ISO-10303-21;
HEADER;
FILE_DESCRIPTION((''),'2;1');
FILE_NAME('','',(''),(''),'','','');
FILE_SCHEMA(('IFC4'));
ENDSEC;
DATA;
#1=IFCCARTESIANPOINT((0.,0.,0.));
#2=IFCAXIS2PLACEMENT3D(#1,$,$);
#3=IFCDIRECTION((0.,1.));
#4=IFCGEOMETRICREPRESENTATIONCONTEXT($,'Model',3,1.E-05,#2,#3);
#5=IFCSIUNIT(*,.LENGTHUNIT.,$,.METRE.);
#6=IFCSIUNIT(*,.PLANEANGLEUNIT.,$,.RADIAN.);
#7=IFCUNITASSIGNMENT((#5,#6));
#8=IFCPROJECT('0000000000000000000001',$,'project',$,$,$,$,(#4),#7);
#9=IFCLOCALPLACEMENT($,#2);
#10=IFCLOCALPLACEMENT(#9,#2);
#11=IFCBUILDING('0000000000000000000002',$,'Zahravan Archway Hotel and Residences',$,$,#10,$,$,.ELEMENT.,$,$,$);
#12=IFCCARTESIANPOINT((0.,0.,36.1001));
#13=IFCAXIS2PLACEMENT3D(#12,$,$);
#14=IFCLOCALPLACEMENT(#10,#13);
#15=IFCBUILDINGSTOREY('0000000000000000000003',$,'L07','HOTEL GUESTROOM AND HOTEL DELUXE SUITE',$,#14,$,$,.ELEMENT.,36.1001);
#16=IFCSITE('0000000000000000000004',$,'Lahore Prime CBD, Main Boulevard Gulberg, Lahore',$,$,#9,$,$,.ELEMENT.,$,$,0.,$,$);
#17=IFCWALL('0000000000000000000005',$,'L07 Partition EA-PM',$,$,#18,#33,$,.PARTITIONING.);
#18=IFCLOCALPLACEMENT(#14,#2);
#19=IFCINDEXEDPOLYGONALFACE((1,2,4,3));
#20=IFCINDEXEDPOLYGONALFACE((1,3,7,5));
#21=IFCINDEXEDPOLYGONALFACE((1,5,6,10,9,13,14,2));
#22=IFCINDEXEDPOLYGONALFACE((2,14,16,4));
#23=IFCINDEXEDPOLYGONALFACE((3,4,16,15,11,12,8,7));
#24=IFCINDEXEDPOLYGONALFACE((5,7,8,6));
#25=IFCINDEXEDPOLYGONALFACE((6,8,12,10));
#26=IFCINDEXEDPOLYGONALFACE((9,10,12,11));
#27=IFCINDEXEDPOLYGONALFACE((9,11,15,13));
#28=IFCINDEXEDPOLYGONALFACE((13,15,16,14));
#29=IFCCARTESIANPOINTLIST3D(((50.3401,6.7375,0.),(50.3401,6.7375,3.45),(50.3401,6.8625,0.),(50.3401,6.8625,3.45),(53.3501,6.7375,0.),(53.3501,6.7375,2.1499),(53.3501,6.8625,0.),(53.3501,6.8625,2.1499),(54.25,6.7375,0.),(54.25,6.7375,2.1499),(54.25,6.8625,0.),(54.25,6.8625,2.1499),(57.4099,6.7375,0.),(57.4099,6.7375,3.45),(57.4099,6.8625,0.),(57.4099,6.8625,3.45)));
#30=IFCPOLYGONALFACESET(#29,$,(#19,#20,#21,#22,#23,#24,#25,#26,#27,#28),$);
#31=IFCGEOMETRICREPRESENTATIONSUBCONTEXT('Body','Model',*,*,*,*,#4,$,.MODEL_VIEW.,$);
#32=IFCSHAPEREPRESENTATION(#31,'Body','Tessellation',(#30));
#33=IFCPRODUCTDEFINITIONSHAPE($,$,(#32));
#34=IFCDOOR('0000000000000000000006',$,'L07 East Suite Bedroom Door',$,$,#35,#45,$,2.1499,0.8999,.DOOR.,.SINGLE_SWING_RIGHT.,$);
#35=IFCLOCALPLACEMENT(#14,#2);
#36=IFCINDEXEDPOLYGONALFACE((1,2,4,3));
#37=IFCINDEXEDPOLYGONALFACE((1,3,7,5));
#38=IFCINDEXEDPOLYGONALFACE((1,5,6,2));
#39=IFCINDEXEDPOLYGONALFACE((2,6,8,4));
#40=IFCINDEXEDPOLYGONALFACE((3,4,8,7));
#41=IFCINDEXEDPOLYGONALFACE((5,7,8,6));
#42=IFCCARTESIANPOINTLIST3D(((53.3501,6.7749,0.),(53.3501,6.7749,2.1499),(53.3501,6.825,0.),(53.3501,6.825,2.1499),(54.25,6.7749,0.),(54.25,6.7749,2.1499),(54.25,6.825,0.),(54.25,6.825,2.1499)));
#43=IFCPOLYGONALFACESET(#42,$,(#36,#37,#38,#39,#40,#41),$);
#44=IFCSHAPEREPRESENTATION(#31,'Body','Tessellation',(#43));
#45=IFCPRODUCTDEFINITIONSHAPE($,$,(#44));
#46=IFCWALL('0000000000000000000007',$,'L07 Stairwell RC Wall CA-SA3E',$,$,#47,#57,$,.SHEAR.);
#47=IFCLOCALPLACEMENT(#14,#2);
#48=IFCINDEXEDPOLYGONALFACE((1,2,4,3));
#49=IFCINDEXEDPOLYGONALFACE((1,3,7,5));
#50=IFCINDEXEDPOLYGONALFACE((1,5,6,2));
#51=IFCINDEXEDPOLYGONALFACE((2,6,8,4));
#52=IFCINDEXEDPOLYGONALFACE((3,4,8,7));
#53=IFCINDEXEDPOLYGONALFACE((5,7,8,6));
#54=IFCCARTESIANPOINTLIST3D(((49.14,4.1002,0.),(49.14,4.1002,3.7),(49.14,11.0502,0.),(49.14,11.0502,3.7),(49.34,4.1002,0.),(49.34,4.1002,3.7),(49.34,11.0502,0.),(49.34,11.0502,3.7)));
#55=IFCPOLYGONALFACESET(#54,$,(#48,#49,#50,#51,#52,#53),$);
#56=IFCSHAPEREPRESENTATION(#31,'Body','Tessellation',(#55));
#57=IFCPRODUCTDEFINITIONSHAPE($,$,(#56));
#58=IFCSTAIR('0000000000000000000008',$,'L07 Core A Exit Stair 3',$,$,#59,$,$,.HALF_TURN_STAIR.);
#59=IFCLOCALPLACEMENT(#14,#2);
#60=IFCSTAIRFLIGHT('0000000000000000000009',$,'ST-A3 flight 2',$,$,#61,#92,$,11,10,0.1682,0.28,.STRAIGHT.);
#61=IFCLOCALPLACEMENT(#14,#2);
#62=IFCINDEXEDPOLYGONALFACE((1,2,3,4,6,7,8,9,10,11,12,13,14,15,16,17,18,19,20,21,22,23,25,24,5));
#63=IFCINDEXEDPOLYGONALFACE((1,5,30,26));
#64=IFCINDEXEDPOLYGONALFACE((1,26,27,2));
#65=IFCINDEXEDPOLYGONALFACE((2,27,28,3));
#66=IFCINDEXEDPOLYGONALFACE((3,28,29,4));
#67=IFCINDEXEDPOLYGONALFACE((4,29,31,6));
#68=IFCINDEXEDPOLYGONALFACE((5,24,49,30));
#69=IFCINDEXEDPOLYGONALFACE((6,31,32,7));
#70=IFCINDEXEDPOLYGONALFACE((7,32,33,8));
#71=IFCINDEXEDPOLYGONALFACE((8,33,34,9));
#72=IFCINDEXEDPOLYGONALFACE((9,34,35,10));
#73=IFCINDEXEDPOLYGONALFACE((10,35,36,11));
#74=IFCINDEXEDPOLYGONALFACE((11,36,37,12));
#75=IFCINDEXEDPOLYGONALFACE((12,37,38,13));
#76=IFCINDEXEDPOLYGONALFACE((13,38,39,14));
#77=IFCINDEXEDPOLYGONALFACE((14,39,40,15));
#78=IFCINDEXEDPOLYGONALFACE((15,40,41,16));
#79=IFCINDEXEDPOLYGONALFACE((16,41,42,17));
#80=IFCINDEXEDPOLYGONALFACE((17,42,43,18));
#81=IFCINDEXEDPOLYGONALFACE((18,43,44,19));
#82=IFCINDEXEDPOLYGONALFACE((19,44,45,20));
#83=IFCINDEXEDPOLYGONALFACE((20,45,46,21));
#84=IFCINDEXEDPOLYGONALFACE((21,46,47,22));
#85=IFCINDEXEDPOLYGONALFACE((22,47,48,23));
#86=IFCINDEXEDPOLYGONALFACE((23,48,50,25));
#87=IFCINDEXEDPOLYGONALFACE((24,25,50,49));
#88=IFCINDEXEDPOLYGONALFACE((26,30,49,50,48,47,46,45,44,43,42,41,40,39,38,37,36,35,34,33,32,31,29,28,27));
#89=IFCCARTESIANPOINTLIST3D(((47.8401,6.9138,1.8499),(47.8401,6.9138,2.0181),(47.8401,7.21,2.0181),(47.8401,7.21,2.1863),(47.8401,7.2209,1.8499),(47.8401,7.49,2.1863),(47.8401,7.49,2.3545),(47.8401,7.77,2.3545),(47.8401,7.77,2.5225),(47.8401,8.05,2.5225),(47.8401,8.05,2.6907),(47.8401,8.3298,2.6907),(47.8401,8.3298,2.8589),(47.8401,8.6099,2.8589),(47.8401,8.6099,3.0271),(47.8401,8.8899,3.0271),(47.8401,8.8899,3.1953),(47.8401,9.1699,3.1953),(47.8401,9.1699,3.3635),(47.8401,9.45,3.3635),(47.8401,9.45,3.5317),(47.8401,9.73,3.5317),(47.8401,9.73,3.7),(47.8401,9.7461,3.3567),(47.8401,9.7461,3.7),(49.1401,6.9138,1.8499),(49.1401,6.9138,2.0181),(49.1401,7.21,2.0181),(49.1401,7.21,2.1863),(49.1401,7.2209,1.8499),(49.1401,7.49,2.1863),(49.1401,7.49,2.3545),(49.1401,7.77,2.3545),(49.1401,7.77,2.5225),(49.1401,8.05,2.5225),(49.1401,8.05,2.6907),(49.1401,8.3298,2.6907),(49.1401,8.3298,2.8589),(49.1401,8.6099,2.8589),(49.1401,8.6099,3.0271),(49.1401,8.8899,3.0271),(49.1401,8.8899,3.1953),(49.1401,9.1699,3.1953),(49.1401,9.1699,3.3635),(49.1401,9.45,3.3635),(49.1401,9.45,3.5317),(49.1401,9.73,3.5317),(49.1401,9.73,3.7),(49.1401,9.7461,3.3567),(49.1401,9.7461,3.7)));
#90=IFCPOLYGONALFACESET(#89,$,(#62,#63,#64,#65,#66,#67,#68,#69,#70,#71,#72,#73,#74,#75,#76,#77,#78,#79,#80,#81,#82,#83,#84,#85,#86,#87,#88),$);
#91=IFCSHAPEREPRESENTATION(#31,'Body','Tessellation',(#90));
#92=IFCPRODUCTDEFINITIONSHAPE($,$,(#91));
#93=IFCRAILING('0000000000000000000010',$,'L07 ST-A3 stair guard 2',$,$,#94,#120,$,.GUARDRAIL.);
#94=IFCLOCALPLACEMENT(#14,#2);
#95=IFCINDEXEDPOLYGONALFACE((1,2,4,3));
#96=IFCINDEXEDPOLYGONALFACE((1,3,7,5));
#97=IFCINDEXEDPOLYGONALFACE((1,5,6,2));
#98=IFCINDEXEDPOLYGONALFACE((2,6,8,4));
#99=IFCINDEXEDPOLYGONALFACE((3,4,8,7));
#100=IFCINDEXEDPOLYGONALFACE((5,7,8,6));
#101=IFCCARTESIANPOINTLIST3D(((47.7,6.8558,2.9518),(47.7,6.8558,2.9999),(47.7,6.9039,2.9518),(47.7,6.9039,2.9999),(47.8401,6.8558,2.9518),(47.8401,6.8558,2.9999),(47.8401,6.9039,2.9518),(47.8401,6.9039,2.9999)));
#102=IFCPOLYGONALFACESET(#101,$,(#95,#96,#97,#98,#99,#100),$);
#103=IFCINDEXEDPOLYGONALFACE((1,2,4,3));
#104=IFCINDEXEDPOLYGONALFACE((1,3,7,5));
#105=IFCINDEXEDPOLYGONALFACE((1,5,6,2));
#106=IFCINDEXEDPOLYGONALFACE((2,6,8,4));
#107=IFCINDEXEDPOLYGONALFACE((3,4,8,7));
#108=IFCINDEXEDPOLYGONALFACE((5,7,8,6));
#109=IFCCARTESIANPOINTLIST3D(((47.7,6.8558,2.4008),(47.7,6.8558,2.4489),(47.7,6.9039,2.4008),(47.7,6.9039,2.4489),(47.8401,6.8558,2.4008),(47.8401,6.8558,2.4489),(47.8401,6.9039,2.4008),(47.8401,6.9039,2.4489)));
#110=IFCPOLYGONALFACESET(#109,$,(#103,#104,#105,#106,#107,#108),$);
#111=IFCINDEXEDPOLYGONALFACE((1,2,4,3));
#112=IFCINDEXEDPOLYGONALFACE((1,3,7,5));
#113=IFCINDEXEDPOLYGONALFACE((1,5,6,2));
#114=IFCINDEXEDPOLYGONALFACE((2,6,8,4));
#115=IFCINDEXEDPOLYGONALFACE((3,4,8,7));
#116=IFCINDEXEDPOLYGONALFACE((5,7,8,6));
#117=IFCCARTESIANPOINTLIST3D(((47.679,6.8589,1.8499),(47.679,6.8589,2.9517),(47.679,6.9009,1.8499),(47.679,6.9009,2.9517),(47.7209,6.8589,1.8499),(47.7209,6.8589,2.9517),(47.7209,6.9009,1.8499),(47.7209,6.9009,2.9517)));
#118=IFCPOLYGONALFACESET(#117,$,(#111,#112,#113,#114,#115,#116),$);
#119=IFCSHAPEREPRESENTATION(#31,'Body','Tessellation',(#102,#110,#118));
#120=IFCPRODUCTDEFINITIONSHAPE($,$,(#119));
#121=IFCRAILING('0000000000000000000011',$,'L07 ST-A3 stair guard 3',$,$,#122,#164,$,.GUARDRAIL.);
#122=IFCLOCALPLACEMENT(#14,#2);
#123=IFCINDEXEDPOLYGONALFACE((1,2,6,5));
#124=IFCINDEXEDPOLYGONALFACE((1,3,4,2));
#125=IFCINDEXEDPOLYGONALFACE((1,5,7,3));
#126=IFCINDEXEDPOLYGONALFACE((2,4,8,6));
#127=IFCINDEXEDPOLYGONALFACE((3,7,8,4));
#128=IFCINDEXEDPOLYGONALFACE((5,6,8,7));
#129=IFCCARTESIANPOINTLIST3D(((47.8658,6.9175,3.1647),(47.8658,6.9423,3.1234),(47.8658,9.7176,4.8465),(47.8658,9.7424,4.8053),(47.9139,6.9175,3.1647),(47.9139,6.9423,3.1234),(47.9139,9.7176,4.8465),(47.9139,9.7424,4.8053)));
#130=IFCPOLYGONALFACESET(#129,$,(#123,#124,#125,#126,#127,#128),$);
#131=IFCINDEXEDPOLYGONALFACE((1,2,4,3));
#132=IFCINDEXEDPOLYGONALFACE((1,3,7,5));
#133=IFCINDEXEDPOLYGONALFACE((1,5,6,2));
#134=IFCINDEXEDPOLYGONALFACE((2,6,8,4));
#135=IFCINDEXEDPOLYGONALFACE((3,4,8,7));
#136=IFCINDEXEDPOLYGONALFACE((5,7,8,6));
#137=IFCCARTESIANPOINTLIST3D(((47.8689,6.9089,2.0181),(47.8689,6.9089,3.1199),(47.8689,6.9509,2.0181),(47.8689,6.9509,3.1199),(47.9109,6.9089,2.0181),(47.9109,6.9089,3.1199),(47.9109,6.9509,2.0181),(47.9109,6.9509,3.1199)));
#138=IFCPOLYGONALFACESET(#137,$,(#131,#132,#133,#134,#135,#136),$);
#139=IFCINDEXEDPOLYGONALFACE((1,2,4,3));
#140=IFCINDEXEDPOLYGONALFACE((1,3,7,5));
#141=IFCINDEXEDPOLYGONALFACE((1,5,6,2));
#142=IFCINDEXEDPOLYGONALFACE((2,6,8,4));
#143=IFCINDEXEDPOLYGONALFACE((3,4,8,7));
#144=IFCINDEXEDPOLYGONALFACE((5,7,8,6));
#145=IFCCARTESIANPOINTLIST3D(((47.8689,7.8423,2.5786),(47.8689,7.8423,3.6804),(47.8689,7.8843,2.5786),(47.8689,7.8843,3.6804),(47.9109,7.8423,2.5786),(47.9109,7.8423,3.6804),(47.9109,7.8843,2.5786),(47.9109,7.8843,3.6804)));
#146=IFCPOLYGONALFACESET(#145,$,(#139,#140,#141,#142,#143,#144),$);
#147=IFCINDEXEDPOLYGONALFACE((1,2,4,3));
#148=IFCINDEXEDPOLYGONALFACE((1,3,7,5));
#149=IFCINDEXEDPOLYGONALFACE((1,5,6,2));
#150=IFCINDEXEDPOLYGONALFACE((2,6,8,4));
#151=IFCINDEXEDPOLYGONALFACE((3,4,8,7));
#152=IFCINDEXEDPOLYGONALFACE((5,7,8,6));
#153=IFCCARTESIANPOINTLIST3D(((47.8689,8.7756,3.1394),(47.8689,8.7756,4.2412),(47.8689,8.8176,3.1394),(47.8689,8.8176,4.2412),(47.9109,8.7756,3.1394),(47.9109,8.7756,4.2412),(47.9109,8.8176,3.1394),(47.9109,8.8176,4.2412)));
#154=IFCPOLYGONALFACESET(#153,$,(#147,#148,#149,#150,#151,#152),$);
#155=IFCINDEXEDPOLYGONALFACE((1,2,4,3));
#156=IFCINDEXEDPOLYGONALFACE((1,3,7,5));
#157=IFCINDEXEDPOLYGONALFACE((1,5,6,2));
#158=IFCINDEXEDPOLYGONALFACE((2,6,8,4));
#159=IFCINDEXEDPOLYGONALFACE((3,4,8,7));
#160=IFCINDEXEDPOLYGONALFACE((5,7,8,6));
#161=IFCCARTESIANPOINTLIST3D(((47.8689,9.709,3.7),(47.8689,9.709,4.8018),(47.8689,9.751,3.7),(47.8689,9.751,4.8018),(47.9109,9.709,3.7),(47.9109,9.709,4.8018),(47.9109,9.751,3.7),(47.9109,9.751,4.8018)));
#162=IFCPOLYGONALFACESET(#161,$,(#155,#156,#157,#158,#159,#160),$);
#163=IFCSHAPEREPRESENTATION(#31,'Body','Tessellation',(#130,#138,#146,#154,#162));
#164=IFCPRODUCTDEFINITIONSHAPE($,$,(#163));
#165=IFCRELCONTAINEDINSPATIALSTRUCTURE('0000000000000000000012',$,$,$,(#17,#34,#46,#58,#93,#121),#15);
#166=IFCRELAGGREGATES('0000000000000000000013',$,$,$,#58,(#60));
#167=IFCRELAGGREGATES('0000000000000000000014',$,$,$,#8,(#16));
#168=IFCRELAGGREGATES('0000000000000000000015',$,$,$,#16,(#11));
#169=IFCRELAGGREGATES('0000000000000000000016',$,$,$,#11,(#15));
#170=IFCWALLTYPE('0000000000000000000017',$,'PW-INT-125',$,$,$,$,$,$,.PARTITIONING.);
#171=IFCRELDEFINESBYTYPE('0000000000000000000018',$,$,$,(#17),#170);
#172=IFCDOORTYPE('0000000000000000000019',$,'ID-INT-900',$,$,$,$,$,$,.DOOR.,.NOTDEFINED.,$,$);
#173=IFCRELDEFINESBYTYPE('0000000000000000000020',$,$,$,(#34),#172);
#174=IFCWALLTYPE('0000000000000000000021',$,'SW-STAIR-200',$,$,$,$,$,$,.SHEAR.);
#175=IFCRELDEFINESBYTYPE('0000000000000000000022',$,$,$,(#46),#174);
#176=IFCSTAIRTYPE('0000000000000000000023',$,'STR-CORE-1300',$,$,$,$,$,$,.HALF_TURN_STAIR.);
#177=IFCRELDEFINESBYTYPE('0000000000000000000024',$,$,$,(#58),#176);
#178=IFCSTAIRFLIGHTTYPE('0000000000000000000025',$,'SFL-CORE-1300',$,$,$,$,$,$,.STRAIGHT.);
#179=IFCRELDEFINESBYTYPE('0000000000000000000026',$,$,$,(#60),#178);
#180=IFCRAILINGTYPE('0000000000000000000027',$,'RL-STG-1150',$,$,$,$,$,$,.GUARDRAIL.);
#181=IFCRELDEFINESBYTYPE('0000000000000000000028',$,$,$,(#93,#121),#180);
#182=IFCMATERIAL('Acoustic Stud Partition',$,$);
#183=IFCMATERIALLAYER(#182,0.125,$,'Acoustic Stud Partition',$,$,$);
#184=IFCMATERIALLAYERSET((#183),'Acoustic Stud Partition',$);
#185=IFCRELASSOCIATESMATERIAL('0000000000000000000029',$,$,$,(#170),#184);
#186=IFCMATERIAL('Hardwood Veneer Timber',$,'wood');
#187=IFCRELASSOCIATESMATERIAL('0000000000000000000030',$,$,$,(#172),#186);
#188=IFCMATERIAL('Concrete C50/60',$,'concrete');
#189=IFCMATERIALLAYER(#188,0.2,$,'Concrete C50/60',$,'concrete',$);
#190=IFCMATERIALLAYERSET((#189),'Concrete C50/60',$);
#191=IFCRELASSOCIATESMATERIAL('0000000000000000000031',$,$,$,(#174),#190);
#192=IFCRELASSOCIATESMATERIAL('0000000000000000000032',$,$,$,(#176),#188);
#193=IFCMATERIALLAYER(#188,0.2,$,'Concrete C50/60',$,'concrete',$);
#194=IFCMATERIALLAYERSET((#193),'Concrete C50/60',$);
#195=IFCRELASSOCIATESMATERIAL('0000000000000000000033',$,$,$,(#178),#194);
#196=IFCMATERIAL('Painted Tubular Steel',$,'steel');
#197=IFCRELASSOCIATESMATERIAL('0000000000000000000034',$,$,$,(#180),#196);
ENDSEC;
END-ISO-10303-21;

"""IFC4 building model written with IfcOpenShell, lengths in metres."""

from ifc_helpers import new_model, si_unit, direction, frame, frame_2d, origin, origin_2d, place, context, subcontext, project, spatial, polyline, rectangle, outline, extrude, source, transform, mapped, material, layer, layer_set, type_object, type_shapes, element, fill, aggregate, save


model = new_model("IFC4")

# Units and contexts
model_context = context("Model", 3, precision=1e-05, world=origin(), true_north=direction((0.0, 1.0)))
body_context = subcontext(model_context, "Body", "Model", "MODEL_VIEW")
ifc_project = project(units=[si_unit("LENGTHUNIT", "METRE"), si_unit("PLANEANGLEUNIT", "RADIAN")], contexts=[model_context])

# Site, building, storey
site_placement = place(None, origin())
site = spatial("IfcSite", under=ifc_project, at=site_placement, Name="Lahore Prime CBD, Main Boulevard Gulberg, Lahore", CompositionType="ELEMENT", RefElevation=0.0)
building_placement = place(site_placement, origin())
building = spatial("IfcBuilding", under=site, at=building_placement, Name="Zahravan Archway Hotel and Residences", CompositionType="ELEMENT")
storey_placement = place(building_placement, frame((0.0, 0.0, 36.1001)))
storey = spatial("IfcBuildingStorey", under=building, at=storey_placement, Name="L07", Description="HOTEL GUESTROOM AND HOTEL DELUXE SUITE", CompositionType="ELEMENT", Elevation=36.1001)

# Wall, opening, door
ifc_material_1 = material(Name="Acoustic Stud Partition")
ifc_layer_1 = layer(ifc_material_1, 0.125, Name="Acoustic Stud Partition")
ifc_layer_set_1 = layer_set([ifc_layer_1], Name="Acoustic Stud Partition")
wall_type_1 = type_object("IfcWallType", Name="PW-INT-125", PredefinedType="PARTITIONING", material=ifc_layer_set_1)
wall_1_placement = place(storey_placement, frame((50.3401, 6.8, 0.0), z_axis=(0.0, 0.0, 1.0), x_axis=(1.0, 0.0, 0.0)))
wall_1 = element("IfcWall", 1, at=wall_1_placement, inside=storey, type_object=wall_type_1, Name="L07 Partition EA-PM", PredefinedType="PARTITIONING", context=body_context, shape_type="SweptSolid", body=[
    extrude(rectangle(XDim=7.0698, YDim=0.125, at=frame_2d((3.5349, 0.0))), origin(), (0.0, 0.0, 1.0), 3.45),
])
opening_1_placement = place(wall_1_placement, frame((3.01, 0.0, 0.0)))
opening_1 = element("IfcOpeningElement", 2, at=opening_1_placement, cuts=wall_1, PredefinedType="OPENING", context=body_context, shape_type="SweptSolid", body=[
    extrude(rectangle(XDim=0.8999, YDim=2.1499, at=frame_2d((0.45, 1.075))), frame((0.0, 0.0725, 0.0), z_axis=(0.0, -1.0, 0.0), x_axis=(1.0, 0.0, 0.0)), (0.0, 0.0, 1.0), 0.145),
])
ifc_material_2 = material(Name="Hardwood Veneer Timber", Category="wood")
door_type_1 = type_object("IfcDoorType", Name="ID-INT-900", OperationType="NOTDEFINED", PredefinedType="DOOR", material=ifc_material_2)
shared_shape_1 = source(origin(), body_context, "Body", "SweptSolid", [
    extrude(rectangle(XDim=0.8999, YDim=2.1499, at=frame_2d((0.45, 1.075))), frame((0.0, 0.0249, 0.0), z_axis=(0.0, -1.0, 0.0), x_axis=(1.0, 0.0, 0.0)), (0.0, 0.0, 1.0), 0.05),
])
type_shapes(door_type_1, [shared_shape_1])
door_1_placement = place(opening_1_placement, origin())
door_1 = element("IfcDoor", 3, at=door_1_placement, inside=storey, type_object=door_type_1, Name="L07 East Suite Bedroom Door", OperationType="SINGLE_SWING_RIGHT", OverallHeight=2.1499, OverallWidth=0.8999, PredefinedType="DOOR", context=body_context, shape_type="MappedRepresentation", body=[
    mapped(shared_shape_1, transform((0.0, 0.0, 0.0), scale=1.0)),
])
fill(opening_1, door_1)

# Wall
ifc_material_3 = material(Name="Concrete C50/60", Category="concrete")
ifc_layer_2 = layer(ifc_material_3, 0.2, Name="Concrete C50/60", Category="concrete")
ifc_layer_set_2 = layer_set([ifc_layer_2], Name="Concrete C50/60")
wall_type_2 = type_object("IfcWallType", Name="SW-STAIR-200", PredefinedType="SHEAR", material=ifc_layer_set_2)
wall_2_placement = place(storey_placement, frame((49.24, 4.1001, 0.0), z_axis=(0.0, 0.0, 1.0), x_axis=(0.0, 1.0, 0.0)))
element("IfcWall", 4, at=wall_2_placement, inside=storey, type_object=wall_type_2, Name="L07 Stairwell RC Wall CA-SA3E", PredefinedType="SHEAR", context=body_context, shape_type="SweptSolid", body=[
    extrude(rectangle(XDim=6.95, YDim=0.2, at=frame_2d((3.4751, 0.0))), origin(), (0.0, 0.0, 1.0), 3.7),
])

# Stair, stair flight
stair_type = type_object("IfcStairType", Name="STR-CORE-1300", PredefinedType="HALF_TURN_STAIR", material=ifc_material_3)
stair_placement = place(storey_placement, origin())
stair = element("IfcStair", 5, at=stair_placement, inside=storey, type_object=stair_type, Name="L07 Core A Exit Stair 3", PredefinedType="HALF_TURN_STAIR")
ifc_layer_3 = layer(ifc_material_3, 0.2, Name="Concrete C50/60", Category="concrete")
ifc_layer_set_3 = layer_set([ifc_layer_3], Name="Concrete C50/60")
stair_flight_type = type_object("IfcStairFlightType", Name="SFL-CORE-1300", PredefinedType="STRAIGHT", material=ifc_layer_set_3)
shared_shape_2 = source(origin(), body_context, "Body", "SweptSolid", [
    extrude(outline(polyline([(-0.0161, 0.0), (-0.0161, 0.1682), (0.28, 0.1682), (0.28, 0.3364), (0.5601, 0.3364), (0.5601, 0.5046), (0.8401, 0.5046), (0.8401, 0.6726), (1.1201, 0.6726), (1.1201, 0.8408), (1.3999, 0.8408), (1.3999, 1.009), (1.6799, 1.009), (1.6799, 1.1772), (1.96, 1.1772), (1.96, 1.3455), (2.24, 1.3455), (2.24, 1.5137), (2.52, 1.5137), (2.52, 1.6819), (2.8, 1.6819), (2.8, 1.8501), (2.8162, 1.8501), (2.8162, 1.5068), (0.291, 0.0), (-0.0161, 0.0)])), frame((0.0, 0.6499, 0.0), z_axis=(0.0, -1.0, 0.0), x_axis=(1.0, 0.0, 0.0)), (0.0, 0.0, 1.0), 1.3),
])
stair_flight_placement = place(storey_placement, frame((48.49, 6.9299, 1.8499), z_axis=(0.0, 0.0, 1.0), x_axis=(0.0, 1.0, 0.0)))
stair_flight = element("IfcStairFlight", 6, at=stair_flight_placement, type_object=stair_flight_type, Name="ST-A3 flight 2", NumberOfRisers=11, NumberOfTreads=10, PredefinedType="STRAIGHT", RiserHeight=0.1682, TreadLength=0.28, context=body_context, shape_type="MappedRepresentation", body=[
    mapped(shared_shape_2, transform((0.0, 0.0, 0.0), scale=1.0)),
])
aggregate(stair, [stair_flight])

# Railings
ifc_material_4 = material(Name="Painted Tubular Steel", Category="steel")
railing_type_1 = type_object("IfcRailingType", Name="RL-STG-1150", PredefinedType="GUARDRAIL", material=ifc_material_4)
railing_1_placement = place(storey_placement, frame((47.7, 6.8799, 1.8499)))
element("IfcRailing", 7, at=railing_1_placement, inside=storey, type_object=railing_type_1, Name="L07 ST-A3 stair guard 2", PredefinedType="GUARDRAIL", context=body_context, shape_type="SweptSolid", body=[
    extrude(rectangle(XDim=0.0481, YDim=0.0481, at=origin_2d()), frame((0.0, 0.0, 1.126), z_axis=(1.0, 0.0, 0.0), x_axis=(0.0, 1.0, 0.0)), (0.0, 0.0, 1.0), 0.1401),
    extrude(rectangle(XDim=0.0481, YDim=0.0481, at=origin_2d()), frame((0.0, 0.0, 0.575), z_axis=(1.0, 0.0, 0.0), x_axis=(0.0, 1.0, 0.0)), (0.0, 0.0, 1.0), 0.1401),
    extrude(rectangle(XDim=0.042, YDim=0.042, at=origin_2d()), origin(), (0.0, 0.0, 1.0), 1.1018),
])
railing_2_placement = place(storey_placement, frame((47.8899, 6.9299, 2.0181)))
element("IfcRailing", 8, at=railing_2_placement, inside=storey, type_object=railing_type_1, Name="L07 ST-A3 stair guard 3", PredefinedType="GUARDRAIL", context=body_context, shape_type="SweptSolid", body=[
    extrude(rectangle(XDim=0.0481, YDim=0.0481, at=origin_2d()), frame((0.0, 0.0, 1.126), z_axis=(0.0, 0.857242, 0.514913), x_axis=(-1.0, 0.0, 0.0)), (0.0, 0.0, 1.0), 3.2664),
    extrude(rectangle(XDim=0.042, YDim=0.042, at=origin_2d()), origin(), (0.0, 0.0, 1.0), 1.1018),
    extrude(rectangle(XDim=0.042, YDim=0.042, at=origin_2d()), frame((0.0, 0.9333, 0.5605)), (0.0, 0.0, 1.0), 1.1018),
    extrude(rectangle(XDim=0.042, YDim=0.042, at=origin_2d()), frame((0.0, 1.8667, 1.1213)), (0.0, 0.0, 1.0), 1.1018),
    extrude(rectangle(XDim=0.042, YDim=0.042, at=origin_2d()), frame((0.0, 2.8, 1.6819)), (0.0, 0.0, 1.0), 1.1018),
])

save(model, "model.ifc")
